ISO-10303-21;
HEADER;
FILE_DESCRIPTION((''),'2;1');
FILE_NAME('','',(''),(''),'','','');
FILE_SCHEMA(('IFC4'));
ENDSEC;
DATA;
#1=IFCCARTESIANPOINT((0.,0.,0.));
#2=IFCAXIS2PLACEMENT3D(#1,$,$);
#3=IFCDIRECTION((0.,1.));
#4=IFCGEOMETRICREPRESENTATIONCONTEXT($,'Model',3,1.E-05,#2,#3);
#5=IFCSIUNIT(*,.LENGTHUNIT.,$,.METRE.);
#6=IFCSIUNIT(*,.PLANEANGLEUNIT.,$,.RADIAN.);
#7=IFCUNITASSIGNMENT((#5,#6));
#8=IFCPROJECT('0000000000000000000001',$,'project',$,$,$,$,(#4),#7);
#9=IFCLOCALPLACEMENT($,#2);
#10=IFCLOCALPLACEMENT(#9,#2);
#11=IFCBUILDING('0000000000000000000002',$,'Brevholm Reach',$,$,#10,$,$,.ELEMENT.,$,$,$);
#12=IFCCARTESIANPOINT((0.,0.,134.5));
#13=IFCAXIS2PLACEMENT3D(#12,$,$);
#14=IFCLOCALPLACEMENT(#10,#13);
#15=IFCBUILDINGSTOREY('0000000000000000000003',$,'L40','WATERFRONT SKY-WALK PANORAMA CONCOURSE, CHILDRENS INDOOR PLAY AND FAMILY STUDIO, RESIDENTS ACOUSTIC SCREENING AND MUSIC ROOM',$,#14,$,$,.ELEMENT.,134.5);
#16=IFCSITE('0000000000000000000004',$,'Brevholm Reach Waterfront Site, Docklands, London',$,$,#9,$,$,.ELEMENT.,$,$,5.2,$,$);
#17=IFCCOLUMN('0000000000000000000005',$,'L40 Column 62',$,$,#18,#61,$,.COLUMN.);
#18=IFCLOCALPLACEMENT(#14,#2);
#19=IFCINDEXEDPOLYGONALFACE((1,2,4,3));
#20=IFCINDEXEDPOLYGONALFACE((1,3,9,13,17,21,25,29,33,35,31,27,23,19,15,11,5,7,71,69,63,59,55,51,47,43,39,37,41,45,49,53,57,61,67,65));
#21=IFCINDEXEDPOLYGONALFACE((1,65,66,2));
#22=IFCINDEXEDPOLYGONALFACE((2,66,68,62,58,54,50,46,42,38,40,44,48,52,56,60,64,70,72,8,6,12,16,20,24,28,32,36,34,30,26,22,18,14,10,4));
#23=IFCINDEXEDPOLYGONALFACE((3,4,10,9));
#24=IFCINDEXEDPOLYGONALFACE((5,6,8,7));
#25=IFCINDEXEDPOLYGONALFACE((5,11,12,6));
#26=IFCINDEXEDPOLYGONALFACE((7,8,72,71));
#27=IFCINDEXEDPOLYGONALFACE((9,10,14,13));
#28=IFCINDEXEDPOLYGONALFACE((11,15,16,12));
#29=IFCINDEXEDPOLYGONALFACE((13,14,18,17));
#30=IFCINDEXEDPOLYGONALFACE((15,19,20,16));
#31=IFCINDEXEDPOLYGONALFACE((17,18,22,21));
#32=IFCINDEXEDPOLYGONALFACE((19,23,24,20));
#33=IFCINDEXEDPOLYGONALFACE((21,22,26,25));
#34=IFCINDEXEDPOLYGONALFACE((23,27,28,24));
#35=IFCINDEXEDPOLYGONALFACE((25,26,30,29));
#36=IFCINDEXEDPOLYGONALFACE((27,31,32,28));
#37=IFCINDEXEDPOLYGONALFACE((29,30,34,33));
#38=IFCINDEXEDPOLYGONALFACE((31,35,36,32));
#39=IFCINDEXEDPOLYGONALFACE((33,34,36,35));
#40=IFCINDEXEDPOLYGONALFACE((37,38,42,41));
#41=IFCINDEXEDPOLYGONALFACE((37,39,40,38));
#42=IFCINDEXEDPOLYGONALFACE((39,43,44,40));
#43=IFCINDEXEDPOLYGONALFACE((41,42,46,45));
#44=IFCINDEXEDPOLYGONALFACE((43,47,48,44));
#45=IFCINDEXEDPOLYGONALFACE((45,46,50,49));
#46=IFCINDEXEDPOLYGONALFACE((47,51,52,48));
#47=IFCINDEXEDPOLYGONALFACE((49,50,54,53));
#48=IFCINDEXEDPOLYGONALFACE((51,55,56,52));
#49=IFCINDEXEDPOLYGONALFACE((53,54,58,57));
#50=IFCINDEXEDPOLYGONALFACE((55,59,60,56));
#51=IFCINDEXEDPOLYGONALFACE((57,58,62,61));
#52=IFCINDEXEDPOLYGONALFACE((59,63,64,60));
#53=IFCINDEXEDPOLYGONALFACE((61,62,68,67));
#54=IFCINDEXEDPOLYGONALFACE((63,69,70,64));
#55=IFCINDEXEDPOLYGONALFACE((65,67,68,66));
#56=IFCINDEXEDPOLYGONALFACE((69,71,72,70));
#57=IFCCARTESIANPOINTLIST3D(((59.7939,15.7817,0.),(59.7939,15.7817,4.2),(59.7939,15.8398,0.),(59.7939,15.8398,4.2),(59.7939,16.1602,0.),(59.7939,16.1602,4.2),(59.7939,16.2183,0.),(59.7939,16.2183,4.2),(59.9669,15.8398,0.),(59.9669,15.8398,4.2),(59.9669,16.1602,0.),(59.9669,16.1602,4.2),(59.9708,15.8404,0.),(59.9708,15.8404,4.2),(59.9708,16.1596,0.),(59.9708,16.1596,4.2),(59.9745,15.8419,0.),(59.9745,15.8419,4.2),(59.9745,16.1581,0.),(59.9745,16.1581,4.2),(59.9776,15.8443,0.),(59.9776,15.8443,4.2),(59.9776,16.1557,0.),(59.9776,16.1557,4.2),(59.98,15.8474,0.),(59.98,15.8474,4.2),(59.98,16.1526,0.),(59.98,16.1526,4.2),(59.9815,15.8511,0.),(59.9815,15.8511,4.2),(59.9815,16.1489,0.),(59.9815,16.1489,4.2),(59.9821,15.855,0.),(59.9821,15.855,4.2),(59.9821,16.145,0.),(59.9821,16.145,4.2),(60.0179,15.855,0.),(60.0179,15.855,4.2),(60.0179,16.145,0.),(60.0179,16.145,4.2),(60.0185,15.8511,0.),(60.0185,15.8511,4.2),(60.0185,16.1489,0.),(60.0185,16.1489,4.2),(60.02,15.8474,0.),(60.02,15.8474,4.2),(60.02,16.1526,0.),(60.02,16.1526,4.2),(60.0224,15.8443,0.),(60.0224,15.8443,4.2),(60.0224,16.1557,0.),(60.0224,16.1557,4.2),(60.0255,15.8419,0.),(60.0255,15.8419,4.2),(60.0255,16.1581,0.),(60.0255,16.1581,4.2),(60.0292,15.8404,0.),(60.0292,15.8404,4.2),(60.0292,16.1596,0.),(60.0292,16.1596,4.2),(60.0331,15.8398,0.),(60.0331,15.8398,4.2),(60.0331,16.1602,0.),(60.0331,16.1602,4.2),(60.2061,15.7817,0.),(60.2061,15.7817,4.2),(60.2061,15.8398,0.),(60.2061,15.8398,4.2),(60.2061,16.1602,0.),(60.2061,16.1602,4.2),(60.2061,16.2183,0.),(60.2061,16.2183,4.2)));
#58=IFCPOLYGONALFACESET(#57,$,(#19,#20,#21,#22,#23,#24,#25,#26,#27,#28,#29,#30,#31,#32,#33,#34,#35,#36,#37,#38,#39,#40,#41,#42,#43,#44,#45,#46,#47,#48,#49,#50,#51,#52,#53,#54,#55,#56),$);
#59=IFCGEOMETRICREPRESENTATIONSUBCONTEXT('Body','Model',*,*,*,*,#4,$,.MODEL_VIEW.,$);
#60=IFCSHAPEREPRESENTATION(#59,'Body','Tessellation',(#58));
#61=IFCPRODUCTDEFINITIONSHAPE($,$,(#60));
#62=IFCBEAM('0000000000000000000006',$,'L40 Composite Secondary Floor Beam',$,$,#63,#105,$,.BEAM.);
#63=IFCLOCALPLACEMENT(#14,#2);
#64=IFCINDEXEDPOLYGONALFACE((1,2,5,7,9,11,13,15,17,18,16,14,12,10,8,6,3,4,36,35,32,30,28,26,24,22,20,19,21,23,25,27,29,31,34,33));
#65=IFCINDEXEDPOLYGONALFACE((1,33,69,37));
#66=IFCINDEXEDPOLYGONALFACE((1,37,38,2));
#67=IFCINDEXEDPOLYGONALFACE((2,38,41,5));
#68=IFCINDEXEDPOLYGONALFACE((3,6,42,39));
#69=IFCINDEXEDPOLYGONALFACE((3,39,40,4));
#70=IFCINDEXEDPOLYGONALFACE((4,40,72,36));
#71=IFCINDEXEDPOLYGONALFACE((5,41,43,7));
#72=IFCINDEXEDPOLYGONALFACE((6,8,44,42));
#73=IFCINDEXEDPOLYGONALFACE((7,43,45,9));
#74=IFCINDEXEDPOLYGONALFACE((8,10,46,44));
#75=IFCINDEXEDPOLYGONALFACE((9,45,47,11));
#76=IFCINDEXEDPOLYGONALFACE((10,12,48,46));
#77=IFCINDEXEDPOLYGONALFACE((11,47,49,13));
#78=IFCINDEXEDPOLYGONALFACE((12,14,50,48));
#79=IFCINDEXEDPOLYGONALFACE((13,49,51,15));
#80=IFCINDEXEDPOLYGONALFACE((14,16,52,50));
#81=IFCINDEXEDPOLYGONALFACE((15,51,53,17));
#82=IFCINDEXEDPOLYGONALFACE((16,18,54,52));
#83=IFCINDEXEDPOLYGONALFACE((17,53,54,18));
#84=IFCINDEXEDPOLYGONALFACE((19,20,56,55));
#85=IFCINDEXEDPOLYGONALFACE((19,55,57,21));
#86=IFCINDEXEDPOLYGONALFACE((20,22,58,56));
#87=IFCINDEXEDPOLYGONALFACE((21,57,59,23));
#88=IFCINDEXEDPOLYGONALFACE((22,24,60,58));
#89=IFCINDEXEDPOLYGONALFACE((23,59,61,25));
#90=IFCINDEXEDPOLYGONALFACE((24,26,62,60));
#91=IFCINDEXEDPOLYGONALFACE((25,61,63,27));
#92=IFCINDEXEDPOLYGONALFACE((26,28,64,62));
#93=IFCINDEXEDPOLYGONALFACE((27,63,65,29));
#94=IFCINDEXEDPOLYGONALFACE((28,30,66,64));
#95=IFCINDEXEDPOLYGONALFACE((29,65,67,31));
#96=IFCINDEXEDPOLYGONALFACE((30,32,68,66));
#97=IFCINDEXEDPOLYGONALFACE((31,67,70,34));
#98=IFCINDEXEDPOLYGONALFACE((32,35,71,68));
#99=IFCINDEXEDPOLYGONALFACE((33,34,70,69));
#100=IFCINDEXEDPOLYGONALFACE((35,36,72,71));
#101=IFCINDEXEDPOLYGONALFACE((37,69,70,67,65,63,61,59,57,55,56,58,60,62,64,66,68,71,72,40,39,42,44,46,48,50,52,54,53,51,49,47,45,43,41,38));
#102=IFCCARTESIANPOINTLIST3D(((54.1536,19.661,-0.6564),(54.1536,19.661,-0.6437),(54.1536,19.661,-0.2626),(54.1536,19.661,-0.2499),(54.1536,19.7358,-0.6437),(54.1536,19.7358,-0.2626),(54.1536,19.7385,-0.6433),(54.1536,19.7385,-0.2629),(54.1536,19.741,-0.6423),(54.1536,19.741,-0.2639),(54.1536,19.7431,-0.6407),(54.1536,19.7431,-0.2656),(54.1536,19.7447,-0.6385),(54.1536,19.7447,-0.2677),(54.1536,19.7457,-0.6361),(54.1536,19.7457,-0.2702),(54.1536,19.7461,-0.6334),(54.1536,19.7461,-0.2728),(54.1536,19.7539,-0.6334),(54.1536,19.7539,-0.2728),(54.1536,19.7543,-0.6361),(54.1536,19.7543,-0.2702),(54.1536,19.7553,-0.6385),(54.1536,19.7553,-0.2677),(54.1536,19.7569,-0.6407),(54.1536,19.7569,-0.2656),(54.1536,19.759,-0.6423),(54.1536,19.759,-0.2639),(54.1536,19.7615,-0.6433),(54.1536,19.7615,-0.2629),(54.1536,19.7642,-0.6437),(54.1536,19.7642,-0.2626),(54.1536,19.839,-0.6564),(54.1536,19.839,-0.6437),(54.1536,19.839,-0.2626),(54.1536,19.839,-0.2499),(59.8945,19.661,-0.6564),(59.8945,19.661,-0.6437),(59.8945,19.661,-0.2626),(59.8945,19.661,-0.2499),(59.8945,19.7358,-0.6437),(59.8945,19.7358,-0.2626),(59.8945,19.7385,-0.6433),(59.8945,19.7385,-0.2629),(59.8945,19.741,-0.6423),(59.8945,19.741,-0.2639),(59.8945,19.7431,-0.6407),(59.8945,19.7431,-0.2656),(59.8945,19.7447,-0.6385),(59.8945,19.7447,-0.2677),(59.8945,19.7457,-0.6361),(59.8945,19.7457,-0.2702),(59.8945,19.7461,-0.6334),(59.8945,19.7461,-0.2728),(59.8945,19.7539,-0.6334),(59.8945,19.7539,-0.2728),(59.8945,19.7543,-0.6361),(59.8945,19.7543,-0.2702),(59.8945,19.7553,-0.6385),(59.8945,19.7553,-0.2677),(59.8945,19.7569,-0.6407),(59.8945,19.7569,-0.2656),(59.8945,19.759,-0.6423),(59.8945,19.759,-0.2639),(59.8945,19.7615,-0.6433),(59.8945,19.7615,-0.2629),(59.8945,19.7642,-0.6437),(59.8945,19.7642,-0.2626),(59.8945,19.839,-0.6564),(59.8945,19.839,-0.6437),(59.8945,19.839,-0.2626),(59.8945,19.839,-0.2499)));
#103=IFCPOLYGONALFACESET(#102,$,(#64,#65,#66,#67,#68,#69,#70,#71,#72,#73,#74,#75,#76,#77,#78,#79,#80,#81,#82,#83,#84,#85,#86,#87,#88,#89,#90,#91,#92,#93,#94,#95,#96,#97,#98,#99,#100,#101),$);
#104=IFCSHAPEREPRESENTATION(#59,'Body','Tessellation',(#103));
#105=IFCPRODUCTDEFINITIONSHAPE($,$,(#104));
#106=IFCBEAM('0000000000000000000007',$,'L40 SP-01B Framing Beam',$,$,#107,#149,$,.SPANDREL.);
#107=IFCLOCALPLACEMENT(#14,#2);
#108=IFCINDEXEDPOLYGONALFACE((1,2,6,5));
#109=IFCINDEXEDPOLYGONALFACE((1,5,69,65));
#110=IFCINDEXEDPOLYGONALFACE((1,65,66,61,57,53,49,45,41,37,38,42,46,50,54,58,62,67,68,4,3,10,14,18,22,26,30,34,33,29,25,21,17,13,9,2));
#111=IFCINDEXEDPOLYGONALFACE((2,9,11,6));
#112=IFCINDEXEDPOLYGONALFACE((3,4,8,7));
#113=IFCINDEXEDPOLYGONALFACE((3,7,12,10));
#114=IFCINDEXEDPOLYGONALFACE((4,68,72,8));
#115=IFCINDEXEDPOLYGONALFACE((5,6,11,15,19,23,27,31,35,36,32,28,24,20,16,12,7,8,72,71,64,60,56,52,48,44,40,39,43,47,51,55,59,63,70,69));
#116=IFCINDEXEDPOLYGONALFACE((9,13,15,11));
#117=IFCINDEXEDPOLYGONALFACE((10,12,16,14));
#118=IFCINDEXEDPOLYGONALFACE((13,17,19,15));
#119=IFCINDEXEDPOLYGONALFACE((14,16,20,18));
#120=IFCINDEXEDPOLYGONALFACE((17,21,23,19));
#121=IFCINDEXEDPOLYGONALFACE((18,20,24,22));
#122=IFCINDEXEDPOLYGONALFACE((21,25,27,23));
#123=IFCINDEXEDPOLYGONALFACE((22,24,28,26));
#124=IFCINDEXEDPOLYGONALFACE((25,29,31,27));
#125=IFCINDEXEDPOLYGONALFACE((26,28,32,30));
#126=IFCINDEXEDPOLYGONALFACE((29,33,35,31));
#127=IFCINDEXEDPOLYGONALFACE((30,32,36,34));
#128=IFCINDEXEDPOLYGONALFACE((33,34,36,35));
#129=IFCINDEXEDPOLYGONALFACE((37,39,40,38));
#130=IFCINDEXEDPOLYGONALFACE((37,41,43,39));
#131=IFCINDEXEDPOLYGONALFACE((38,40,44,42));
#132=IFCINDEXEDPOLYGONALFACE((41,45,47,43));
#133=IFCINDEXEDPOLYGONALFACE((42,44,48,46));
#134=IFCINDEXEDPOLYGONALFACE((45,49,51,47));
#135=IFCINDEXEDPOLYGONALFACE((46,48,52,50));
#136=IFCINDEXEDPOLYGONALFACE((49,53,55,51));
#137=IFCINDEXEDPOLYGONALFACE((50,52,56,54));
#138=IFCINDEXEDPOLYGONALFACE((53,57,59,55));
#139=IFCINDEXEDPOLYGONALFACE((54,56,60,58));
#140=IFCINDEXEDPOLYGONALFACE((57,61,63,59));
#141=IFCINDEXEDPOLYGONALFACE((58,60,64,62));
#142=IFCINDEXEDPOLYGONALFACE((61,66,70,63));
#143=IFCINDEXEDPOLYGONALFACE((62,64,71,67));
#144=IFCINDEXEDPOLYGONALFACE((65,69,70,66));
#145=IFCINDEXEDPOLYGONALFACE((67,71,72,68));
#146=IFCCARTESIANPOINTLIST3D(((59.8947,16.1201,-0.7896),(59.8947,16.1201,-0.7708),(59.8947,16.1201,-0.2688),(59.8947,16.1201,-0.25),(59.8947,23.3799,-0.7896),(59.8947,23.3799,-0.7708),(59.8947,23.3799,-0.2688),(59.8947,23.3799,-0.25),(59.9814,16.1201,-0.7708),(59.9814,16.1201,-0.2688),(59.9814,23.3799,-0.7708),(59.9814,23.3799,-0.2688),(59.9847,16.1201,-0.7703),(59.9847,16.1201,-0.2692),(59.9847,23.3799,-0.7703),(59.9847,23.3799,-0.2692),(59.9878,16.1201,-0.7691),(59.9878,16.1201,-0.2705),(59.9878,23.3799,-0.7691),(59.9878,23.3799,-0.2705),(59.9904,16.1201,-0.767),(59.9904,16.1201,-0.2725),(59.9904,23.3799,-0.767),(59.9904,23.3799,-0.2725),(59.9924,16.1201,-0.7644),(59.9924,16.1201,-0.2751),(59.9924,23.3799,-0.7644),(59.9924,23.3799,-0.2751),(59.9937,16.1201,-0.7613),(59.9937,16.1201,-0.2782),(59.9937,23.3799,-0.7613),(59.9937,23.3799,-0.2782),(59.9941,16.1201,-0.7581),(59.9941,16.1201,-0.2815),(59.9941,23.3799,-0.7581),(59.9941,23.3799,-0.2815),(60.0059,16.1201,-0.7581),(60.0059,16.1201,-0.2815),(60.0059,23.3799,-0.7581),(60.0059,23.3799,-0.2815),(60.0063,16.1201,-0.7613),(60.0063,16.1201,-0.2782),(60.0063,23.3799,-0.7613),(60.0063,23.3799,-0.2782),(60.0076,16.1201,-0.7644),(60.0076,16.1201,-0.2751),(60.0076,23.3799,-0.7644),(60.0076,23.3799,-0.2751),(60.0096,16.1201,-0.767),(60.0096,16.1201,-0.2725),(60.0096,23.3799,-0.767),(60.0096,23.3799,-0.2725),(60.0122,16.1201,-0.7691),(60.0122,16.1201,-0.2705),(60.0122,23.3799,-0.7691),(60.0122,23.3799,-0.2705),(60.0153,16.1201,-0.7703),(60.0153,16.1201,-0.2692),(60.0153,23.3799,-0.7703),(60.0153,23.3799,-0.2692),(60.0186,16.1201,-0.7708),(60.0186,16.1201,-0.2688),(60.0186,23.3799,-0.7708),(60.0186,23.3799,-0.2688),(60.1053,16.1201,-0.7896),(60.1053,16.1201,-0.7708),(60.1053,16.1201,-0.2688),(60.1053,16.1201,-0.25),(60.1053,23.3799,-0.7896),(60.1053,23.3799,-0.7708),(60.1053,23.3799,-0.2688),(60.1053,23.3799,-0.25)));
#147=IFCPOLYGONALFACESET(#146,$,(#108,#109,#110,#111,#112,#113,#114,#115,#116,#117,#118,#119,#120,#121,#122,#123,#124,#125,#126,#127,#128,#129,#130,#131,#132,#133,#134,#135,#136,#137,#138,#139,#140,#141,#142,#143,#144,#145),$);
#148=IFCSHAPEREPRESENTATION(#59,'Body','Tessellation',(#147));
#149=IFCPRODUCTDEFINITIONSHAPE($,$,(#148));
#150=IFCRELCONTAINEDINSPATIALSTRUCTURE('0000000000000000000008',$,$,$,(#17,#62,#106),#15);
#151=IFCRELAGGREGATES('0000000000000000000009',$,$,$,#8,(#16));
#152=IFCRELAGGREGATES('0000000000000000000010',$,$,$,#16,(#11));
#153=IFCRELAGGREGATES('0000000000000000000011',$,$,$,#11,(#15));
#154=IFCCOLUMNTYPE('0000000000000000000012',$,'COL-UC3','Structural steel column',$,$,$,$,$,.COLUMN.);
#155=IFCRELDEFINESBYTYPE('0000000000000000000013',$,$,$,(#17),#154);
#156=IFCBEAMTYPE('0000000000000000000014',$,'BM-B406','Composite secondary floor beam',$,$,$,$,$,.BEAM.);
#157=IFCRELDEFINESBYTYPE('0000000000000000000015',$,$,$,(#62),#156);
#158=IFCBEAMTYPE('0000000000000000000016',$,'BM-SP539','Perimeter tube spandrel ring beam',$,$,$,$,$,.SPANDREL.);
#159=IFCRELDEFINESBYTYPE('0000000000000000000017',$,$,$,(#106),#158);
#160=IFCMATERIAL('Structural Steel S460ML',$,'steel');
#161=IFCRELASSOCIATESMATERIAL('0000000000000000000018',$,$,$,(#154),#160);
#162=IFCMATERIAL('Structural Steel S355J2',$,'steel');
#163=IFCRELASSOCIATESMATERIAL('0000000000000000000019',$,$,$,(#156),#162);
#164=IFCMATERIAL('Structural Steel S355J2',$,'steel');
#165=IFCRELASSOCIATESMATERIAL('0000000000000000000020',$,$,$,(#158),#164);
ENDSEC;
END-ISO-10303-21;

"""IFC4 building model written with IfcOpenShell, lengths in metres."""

from ifc_helpers import new_model, si_unit, direction, frame, origin, origin_2d, place, context, subcontext, project, spatial, i_section, extrude, material, material_profile, profile_set, type_object, element, save


model = new_model("IFC4")

# Units and contexts
model_context = context("Model", 3, precision=1e-05, world=origin(), true_north=direction((0.0, 1.0)))
body_context = subcontext(model_context, "Body", "Model", "MODEL_VIEW")
ifc_project = project(units=[si_unit("LENGTHUNIT", "METRE"), si_unit("PLANEANGLEUNIT", "RADIAN")], contexts=[model_context])

# Site, building, storey
site_placement = place(None, origin())
site = spatial("IfcSite", under=ifc_project, at=site_placement, Name="Brevholm Reach Waterfront Site, Docklands, London", CompositionType="ELEMENT", RefElevation=5.2)
building_placement = place(site_placement, origin())
building = spatial("IfcBuilding", under=site, at=building_placement, Name="Brevholm Reach", CompositionType="ELEMENT")
storey_placement = place(building_placement, frame((0.0, 0.0, 134.5)))
storey = spatial("IfcBuildingStorey", under=building, at=storey_placement, Name="L40", Description="WATERFRONT SKY-WALK PANORAMA CONCOURSE, CHILDRENS INDOOR PLAY AND FAMILY STUDIO, RESIDENTS ACOUSTIC SCREENING AND MUSIC ROOM", CompositionType="ELEMENT", Elevation=134.5)

# Column
ifc_material_1 = material(Name="Structural Steel S460ML", Category="steel")
ifc_material_profile_1 = material_profile(ifc_material_1, i_section(OverallWidth=0.4121, OverallDepth=0.4365, WebThickness=0.0359, FlangeThickness=0.0581, FilletRadius=0.0151, at=origin_2d()), Name="UKC 356x406x467")
ifc_profile_set_1 = profile_set([ifc_material_profile_1], Name="Structural Steel S460ML")
column_type = type_object("IfcColumnType", Name="COL-UC3", Description="Structural steel column", PredefinedType="COLUMN", material=ifc_profile_set_1)
column_placement = place(storey_placement, frame((60.0, 16.0, 0.0), z_axis=(0.0, 0.0, 1.0), x_axis=(1.0, 0.0, 0.0)))
element("IfcColumn", 1, at=column_placement, inside=storey, type_object=column_type, Name="L40 Column 62", PredefinedType="COLUMN", context=body_context, shape_type="SweptSolid", body=[
    extrude(i_section(OverallWidth=0.4121, OverallDepth=0.4365, WebThickness=0.0359, FlangeThickness=0.0581, FilletRadius=0.0151, at=origin_2d()), origin(), (0.0, 0.0, 1.0), 4.2),
])

# Beams
ifc_material_2 = material(Name="Structural Steel S355J2", Category="steel")
ifc_material_profile_2 = material_profile(ifc_material_2, i_section(OverallWidth=0.178, OverallDepth=0.4065, WebThickness=0.0078, FlangeThickness=0.0127, FilletRadius=0.0103, at=origin_2d()), Name="UKB 406x178x60")
ifc_profile_set_2 = profile_set([ifc_material_profile_2], Name="Structural Steel S355J2")
beam_type_1 = type_object("IfcBeamType", Name="BM-B406", Description="Composite secondary floor beam", PredefinedType="BEAM", material=ifc_profile_set_2)
beam_1_placement = place(storey_placement, frame((54.1536, 19.75, -0.4531), z_axis=(1.0, 0.0, 0.0), x_axis=(0.0, 1.0, 0.0)))
element("IfcBeam", 2, at=beam_1_placement, inside=storey, type_object=beam_type_1, Name="L40 Composite Secondary Floor Beam", PredefinedType="BEAM", context=body_context, shape_type="SweptSolid", body=[
    extrude(i_section(OverallWidth=0.178, OverallDepth=0.4065, WebThickness=0.0078, FlangeThickness=0.0127, FilletRadius=0.0103, at=origin_2d()), origin(), (0.0, 0.0, 1.0), 5.741),
])
ifc_material_3 = material(Name="Structural Steel S355J2", Category="steel")
ifc_material_profile_3 = material_profile(ifc_material_3, i_section(OverallWidth=0.2107, OverallDepth=0.5396, WebThickness=0.0117, FlangeThickness=0.0188, FilletRadius=0.0127, at=origin_2d()), Name="UKB 533x210x109")
ifc_profile_set_3 = profile_set([ifc_material_profile_3], Name="Structural Steel S355J2")
beam_type_2 = type_object("IfcBeamType", Name="BM-SP539", Description="Perimeter tube spandrel ring beam", PredefinedType="SPANDREL", material=ifc_profile_set_3)
beam_2_placement = place(storey_placement, frame((60.0, 16.1201, -0.5198), z_axis=(0.0, 1.0, 0.0), x_axis=(-1.0, 0.0, 0.0)))
element("IfcBeam", 3, at=beam_2_placement, inside=storey, type_object=beam_type_2, Name="L40 SP-01B Framing Beam", PredefinedType="SPANDREL", context=body_context, shape_type="SweptSolid", body=[
    extrude(i_section(OverallWidth=0.2107, OverallDepth=0.5396, WebThickness=0.0117, FlangeThickness=0.0188, FilletRadius=0.0127, at=origin_2d()), origin(), (0.0, 0.0, 1.0), 7.2598),
])

save(model, "model.ifc")
